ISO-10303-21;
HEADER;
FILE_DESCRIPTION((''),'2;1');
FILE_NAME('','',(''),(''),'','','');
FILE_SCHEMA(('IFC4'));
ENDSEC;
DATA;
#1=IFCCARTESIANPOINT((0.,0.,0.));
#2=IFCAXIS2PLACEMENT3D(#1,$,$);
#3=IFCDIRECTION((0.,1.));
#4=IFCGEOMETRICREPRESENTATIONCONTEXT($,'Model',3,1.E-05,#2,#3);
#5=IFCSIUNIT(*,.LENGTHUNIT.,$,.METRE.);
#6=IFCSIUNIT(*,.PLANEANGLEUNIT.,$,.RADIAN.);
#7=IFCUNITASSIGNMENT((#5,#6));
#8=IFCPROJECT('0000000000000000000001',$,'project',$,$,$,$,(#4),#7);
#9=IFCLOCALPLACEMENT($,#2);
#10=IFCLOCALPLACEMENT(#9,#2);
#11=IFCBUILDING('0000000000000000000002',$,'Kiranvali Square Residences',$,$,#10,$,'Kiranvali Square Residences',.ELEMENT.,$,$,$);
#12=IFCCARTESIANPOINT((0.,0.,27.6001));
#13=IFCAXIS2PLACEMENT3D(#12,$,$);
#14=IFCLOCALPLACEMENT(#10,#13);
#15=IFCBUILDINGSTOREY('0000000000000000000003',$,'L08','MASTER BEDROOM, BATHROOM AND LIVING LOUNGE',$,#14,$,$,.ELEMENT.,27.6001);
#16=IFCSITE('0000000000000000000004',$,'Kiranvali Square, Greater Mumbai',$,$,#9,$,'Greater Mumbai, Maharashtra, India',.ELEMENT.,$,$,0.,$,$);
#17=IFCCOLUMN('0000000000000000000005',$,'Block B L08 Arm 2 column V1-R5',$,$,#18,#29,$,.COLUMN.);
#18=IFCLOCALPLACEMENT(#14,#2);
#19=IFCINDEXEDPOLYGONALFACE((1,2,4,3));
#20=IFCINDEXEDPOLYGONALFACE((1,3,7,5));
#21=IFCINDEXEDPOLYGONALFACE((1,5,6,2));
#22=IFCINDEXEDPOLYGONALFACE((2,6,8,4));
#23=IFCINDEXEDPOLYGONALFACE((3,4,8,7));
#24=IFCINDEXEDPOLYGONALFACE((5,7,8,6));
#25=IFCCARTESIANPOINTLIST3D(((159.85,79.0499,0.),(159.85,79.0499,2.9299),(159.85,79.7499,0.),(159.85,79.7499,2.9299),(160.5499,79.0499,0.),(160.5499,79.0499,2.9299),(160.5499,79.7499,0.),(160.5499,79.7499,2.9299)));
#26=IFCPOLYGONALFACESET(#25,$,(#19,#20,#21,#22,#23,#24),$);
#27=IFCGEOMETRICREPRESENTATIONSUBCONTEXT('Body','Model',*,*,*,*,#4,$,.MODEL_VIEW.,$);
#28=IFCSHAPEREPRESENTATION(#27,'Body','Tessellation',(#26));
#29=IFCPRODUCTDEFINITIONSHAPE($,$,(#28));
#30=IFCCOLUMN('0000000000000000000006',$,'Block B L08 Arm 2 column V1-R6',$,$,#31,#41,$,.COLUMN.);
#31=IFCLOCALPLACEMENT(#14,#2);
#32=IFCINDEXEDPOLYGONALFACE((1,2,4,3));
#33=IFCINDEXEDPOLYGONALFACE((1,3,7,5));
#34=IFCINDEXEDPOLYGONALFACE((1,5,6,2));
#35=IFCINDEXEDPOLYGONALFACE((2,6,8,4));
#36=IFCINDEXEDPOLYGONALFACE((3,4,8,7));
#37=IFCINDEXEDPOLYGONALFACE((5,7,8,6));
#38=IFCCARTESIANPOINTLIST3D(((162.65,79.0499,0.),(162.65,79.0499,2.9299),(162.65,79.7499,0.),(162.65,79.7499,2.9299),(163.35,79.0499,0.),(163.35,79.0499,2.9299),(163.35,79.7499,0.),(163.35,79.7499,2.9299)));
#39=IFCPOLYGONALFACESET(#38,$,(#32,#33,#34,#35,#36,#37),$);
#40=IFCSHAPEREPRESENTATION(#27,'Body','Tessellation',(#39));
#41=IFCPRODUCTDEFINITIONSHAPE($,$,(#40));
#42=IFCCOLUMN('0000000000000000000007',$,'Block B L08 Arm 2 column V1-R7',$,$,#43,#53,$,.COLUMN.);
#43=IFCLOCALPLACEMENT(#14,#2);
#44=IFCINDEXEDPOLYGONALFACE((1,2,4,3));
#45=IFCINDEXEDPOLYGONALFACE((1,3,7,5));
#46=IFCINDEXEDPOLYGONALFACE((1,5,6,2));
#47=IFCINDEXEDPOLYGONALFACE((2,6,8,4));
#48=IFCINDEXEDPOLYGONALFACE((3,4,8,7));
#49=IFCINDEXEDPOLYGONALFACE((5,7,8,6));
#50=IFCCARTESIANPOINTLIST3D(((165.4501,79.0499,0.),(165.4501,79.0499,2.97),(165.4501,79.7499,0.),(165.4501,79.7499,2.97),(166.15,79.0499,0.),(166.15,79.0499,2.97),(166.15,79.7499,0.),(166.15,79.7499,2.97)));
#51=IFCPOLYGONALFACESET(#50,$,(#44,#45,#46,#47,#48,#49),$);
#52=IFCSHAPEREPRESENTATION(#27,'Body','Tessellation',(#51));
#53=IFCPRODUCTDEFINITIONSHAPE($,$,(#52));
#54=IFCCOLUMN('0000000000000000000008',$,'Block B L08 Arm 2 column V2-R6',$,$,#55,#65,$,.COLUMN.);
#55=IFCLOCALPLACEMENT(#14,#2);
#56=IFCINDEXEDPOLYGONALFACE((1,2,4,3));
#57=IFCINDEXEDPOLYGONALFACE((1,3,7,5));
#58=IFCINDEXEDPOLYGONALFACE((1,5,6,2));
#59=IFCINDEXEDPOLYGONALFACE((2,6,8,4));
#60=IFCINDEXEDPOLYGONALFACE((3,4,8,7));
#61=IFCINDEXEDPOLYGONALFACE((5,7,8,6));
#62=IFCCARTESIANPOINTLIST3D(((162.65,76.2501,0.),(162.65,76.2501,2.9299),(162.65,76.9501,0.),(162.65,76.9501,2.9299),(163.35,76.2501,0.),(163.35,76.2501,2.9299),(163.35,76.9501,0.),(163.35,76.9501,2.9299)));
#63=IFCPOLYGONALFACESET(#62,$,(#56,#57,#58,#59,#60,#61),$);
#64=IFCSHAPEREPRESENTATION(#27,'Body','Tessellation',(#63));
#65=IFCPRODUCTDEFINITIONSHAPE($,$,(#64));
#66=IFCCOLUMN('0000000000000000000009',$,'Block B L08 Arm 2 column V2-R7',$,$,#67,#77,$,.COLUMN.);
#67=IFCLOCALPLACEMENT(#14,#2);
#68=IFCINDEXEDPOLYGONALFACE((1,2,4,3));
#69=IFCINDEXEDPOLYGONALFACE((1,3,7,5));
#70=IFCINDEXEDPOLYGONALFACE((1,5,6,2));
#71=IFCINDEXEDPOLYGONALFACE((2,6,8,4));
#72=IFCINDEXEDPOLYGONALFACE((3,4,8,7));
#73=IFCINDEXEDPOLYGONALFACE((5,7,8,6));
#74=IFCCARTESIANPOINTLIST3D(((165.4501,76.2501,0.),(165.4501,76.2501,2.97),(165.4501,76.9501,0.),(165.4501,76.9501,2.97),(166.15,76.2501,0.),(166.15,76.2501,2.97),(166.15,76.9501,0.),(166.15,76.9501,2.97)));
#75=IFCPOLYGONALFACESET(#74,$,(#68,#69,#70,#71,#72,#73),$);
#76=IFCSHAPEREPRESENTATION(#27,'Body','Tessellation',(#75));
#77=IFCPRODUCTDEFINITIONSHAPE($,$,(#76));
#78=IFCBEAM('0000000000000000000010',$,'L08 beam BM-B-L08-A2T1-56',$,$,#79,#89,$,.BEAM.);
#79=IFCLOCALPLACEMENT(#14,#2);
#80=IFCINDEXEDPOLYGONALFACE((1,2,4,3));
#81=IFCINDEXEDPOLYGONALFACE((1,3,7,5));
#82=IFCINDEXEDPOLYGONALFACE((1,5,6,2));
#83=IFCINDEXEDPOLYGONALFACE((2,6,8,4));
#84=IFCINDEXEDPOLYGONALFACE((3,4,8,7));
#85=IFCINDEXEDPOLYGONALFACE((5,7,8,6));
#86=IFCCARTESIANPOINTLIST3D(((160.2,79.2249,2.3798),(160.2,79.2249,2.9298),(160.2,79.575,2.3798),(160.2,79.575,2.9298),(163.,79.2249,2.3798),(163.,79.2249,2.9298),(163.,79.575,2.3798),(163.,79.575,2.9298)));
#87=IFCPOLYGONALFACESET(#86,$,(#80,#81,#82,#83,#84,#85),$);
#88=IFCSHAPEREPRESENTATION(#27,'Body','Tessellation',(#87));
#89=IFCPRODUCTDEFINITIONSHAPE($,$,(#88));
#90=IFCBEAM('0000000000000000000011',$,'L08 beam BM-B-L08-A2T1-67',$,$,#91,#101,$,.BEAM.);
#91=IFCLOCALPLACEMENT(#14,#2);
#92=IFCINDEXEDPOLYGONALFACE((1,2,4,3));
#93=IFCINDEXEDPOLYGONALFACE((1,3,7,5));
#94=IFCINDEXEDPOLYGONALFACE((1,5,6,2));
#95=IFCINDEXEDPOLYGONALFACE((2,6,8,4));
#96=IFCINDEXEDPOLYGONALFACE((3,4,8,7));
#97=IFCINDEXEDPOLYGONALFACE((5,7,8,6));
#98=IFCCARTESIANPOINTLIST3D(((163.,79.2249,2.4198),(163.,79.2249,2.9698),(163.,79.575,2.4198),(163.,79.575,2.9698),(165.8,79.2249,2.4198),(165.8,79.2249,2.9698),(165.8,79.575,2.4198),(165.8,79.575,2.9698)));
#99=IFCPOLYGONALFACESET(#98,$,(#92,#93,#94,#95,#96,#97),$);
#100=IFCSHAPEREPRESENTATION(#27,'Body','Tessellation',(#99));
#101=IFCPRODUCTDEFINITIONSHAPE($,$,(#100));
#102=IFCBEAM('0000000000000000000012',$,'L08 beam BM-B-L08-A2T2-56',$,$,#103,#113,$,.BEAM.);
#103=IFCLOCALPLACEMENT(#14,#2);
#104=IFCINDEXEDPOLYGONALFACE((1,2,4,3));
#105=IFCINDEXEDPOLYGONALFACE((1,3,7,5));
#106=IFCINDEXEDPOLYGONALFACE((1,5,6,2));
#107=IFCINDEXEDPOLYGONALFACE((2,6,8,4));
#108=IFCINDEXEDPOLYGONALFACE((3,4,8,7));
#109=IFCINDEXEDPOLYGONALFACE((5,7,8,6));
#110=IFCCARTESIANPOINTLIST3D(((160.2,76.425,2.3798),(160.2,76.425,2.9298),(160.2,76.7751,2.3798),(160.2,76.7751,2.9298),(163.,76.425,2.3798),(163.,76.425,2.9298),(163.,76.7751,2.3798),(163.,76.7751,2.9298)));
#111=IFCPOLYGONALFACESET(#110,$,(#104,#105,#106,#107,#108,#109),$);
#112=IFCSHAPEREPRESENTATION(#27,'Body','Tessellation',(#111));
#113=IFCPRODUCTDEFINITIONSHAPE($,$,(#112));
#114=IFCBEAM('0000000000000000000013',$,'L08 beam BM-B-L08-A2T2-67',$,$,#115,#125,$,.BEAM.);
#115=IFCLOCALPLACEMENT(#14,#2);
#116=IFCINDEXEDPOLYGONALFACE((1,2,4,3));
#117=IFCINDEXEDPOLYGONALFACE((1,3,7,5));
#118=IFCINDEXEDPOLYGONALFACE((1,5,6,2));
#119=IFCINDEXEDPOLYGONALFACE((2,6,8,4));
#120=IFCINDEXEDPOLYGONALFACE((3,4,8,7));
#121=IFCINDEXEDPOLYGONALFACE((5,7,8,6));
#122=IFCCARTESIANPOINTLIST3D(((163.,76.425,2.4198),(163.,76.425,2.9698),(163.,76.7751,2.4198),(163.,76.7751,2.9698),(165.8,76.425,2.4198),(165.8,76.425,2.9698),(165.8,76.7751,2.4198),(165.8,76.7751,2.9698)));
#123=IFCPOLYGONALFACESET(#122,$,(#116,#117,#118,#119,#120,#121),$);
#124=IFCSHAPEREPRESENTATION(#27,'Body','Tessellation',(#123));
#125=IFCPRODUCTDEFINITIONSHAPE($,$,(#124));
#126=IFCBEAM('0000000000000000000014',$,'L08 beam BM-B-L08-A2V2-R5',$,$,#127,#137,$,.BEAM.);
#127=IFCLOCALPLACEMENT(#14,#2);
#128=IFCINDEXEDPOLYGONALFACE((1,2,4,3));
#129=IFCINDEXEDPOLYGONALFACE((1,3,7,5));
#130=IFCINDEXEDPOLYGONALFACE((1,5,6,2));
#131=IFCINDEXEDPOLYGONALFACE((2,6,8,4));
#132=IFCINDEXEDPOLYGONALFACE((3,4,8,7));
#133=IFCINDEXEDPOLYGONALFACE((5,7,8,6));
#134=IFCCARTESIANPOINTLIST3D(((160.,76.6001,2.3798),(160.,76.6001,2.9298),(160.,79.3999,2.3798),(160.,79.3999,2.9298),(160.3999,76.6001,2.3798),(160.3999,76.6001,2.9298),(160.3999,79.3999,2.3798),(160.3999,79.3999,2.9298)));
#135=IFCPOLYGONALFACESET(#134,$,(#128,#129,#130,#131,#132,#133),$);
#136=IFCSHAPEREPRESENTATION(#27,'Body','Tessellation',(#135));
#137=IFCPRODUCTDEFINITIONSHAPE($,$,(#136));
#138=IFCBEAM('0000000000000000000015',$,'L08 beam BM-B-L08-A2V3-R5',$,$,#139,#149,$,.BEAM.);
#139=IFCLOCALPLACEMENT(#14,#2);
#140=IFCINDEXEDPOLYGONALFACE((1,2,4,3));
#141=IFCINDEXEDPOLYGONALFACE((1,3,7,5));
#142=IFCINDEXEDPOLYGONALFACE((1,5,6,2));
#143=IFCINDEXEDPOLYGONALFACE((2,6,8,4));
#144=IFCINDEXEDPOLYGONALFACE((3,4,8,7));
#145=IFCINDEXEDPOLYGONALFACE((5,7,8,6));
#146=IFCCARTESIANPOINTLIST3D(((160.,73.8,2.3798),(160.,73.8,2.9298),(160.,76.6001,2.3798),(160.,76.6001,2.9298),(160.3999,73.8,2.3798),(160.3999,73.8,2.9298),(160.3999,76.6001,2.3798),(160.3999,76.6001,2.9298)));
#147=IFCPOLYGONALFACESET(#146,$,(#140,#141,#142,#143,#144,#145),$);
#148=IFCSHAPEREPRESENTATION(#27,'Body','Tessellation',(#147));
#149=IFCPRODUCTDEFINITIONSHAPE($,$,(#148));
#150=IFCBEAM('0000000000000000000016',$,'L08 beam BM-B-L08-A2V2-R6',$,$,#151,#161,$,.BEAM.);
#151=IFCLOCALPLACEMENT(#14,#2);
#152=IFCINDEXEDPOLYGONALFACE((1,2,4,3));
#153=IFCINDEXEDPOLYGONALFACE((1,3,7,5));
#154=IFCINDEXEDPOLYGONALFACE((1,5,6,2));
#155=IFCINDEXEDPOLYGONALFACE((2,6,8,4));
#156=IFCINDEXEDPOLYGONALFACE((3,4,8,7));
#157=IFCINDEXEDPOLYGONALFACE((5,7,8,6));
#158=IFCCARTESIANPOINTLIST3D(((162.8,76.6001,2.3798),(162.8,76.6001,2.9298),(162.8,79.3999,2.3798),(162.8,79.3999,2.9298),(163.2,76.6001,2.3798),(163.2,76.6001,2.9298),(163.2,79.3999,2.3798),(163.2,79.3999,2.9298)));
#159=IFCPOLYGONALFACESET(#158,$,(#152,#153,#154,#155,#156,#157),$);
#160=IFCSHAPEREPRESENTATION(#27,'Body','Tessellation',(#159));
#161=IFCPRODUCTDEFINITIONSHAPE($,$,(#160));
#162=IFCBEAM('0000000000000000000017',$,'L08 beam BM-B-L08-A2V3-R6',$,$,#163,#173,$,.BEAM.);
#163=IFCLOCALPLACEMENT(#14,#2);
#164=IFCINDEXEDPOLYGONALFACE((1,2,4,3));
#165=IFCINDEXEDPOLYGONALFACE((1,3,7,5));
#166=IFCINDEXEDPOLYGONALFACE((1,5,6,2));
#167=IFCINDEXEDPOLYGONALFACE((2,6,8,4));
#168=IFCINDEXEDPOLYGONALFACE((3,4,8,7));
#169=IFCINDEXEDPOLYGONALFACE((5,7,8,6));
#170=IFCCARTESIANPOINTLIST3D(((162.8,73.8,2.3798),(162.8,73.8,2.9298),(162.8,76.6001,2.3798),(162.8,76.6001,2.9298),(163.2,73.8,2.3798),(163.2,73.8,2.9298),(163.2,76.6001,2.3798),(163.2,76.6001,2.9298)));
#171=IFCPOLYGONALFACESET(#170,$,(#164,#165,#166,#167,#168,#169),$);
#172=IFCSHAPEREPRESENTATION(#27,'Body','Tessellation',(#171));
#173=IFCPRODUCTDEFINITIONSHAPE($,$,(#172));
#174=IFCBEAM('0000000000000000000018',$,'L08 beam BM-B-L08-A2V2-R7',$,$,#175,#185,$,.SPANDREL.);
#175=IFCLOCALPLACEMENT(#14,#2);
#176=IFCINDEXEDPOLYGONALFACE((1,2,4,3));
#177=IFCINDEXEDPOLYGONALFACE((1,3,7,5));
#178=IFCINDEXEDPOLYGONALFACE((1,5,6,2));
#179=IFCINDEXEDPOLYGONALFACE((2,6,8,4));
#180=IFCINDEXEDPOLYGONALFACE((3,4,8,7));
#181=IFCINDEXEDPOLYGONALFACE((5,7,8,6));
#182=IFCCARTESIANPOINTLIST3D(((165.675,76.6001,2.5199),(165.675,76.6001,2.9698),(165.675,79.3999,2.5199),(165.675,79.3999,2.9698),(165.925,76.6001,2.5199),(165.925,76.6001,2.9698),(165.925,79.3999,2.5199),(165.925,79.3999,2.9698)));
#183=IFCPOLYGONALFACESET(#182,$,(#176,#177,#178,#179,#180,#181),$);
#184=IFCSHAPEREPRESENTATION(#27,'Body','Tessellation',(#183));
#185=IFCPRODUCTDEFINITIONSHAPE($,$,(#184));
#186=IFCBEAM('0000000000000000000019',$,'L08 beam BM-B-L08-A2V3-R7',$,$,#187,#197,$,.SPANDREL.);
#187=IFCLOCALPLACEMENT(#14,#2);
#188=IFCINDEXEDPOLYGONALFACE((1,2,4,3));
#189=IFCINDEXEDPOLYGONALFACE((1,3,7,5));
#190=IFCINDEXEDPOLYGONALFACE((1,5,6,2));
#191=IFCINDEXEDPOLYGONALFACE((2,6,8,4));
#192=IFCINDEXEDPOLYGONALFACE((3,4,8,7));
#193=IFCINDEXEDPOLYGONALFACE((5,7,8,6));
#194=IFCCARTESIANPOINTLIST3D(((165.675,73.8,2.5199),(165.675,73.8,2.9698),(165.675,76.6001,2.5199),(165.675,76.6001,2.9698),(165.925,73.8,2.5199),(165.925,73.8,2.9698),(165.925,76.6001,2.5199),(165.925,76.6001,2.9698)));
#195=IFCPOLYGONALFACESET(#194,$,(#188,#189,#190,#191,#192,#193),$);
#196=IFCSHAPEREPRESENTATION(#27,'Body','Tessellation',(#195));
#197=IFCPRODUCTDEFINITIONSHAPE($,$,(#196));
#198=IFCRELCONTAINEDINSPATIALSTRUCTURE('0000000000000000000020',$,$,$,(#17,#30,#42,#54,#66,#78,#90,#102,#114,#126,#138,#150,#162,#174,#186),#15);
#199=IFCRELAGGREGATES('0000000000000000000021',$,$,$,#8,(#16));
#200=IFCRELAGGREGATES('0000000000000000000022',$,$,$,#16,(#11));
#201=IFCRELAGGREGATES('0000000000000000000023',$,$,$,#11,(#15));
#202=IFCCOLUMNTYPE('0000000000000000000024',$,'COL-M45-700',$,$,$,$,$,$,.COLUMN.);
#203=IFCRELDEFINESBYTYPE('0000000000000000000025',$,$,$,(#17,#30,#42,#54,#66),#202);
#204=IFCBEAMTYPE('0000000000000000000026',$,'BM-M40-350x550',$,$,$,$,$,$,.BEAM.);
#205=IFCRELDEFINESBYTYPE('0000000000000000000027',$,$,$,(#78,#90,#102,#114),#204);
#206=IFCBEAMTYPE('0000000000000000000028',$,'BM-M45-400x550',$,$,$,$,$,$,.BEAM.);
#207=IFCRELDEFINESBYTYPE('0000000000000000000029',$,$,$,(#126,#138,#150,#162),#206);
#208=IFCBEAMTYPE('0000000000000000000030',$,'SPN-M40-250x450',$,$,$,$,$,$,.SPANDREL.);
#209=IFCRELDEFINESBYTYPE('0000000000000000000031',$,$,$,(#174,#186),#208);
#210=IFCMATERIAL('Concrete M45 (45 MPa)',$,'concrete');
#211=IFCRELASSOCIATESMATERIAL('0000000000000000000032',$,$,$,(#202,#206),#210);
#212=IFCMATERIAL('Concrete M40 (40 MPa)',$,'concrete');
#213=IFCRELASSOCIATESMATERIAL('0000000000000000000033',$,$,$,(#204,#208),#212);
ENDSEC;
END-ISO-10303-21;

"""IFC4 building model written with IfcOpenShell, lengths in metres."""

from ifc_helpers import new_model, si_unit, direction, frame, origin, origin_2d, place, context, subcontext, project, spatial, rectangle, extrude, material, material_profile, profile_set, type_object, element, save


model = new_model("IFC4")

# Units and contexts
model_context = context("Model", 3, precision=1e-05, world=origin(), true_north=direction((0.0, 1.0)))
body_context = subcontext(model_context, "Body", "Model", "MODEL_VIEW")
ifc_project = project(units=[si_unit("LENGTHUNIT", "METRE"), si_unit("PLANEANGLEUNIT", "RADIAN")], contexts=[model_context])

# Site, building, storey
site_placement = place(None, origin())
site = spatial("IfcSite", under=ifc_project, at=site_placement, Name="Kiranvali Square, Greater Mumbai", LongName="Greater Mumbai, Maharashtra, India", CompositionType="ELEMENT", RefElevation=0.0)
building_placement = place(site_placement, origin())
building = spatial("IfcBuilding", under=site, at=building_placement, Name="Kiranvali Square Residences", LongName="Kiranvali Square Residences", CompositionType="ELEMENT")
storey_placement = place(building_placement, frame((0.0, 0.0, 27.6001)))
storey = spatial("IfcBuildingStorey", under=building, at=storey_placement, Name="L08", Description="MASTER BEDROOM, BATHROOM AND LIVING LOUNGE", CompositionType="ELEMENT", Elevation=27.6001)

# Columns
ifc_material_1 = material(Name="Concrete M45 (45 MPa)", Category="concrete")
ifc_material_profile_1 = material_profile(ifc_material_1, rectangle(XDim=0.7, YDim=0.7, at=origin_2d()), Name="RC 700x700")
ifc_profile_set_1 = profile_set([ifc_material_profile_1], Name="Concrete M45 (45 MPa)")
column_type = type_object("IfcColumnType", Name="COL-M45-700", PredefinedType="COLUMN", material=ifc_profile_set_1)
for number, where, z_axis, x_axis, name in (
    (1, (160.2, 79.3999, 0.0), (0.0, 0.0, 1.0), (1.0, 0.0, 0.0), "Block B L08 Arm 2 column V1-R5"),
    (2, (163.0, 79.3999, 0.0), (0.0, 0.0, 1.0), (1.0, 0.0, 0.0), "Block B L08 Arm 2 column V1-R6"),
):
    element("IfcColumn", number, at=place(storey_placement, frame(where, z_axis=z_axis, x_axis=x_axis)), inside=storey, type_object=column_type, Name=name, PredefinedType="COLUMN", context=body_context, shape_type="SweptSolid", body=[
        extrude(rectangle(XDim=0.7, YDim=0.7, at=origin_2d()), origin(), (0.0, 0.0, 1.0), 2.9299),
    ])
column_1_placement = place(storey_placement, frame((165.8, 79.3999, 0.0), z_axis=(0.0, 0.0, 1.0), x_axis=(1.0, 0.0, 0.0)))
element("IfcColumn", 3, at=column_1_placement, inside=storey, type_object=column_type, Name="Block B L08 Arm 2 column V1-R7", PredefinedType="COLUMN", context=body_context, shape_type="SweptSolid", body=[
    extrude(rectangle(XDim=0.7, YDim=0.7, at=origin_2d()), origin(), (0.0, 0.0, 1.0), 2.97),
])
column_2_placement = place(storey_placement, frame((163.0, 76.6001, 0.0), z_axis=(0.0, 0.0, 1.0), x_axis=(1.0, 0.0, 0.0)))
element("IfcColumn", 4, at=column_2_placement, inside=storey, type_object=column_type, Name="Block B L08 Arm 2 column V2-R6", PredefinedType="COLUMN", context=body_context, shape_type="SweptSolid", body=[
    extrude(rectangle(XDim=0.7, YDim=0.7, at=origin_2d()), origin(), (0.0, 0.0, 1.0), 2.9299),
])
column_3_placement = place(storey_placement, frame((165.8, 76.6001, 0.0), z_axis=(0.0, 0.0, 1.0), x_axis=(1.0, 0.0, 0.0)))
element("IfcColumn", 5, at=column_3_placement, inside=storey, type_object=column_type, Name="Block B L08 Arm 2 column V2-R7", PredefinedType="COLUMN", context=body_context, shape_type="SweptSolid", body=[
    extrude(rectangle(XDim=0.7, YDim=0.7, at=origin_2d()), origin(), (0.0, 0.0, 1.0), 2.97),
])

# Beams
ifc_material_2 = material(Name="Concrete M40 (40 MPa)", Category="concrete")
ifc_material_profile_2 = material_profile(ifc_material_2, rectangle(XDim=0.3501, YDim=0.55, at=origin_2d()), Name="RC 350x550")
ifc_profile_set_2 = profile_set([ifc_material_profile_2], Name="Concrete M40 (40 MPa)")
beam_type_1 = type_object("IfcBeamType", Name="BM-M40-350x550", PredefinedType="BEAM", material=ifc_profile_set_2)
for number, where, z_axis, x_axis, name in (
    (6, (160.2, 79.3999, 2.6548), (1.0, 0.0, 0.0), (0.0, 1.0, 0.0), "L08 beam BM-B-L08-A2T1-56"),
    (7, (163.0, 79.3999, 2.6948), (1.0, 0.0, 0.0), (0.0, 1.0, 0.0), "L08 beam BM-B-L08-A2T1-67"),
    (8, (160.2, 76.6001, 2.6548), (1.0, 0.0, 0.0), (0.0, 1.0, 0.0), "L08 beam BM-B-L08-A2T2-56"),
    (9, (163.0, 76.6001, 2.6948), (1.0, 0.0, 0.0), (0.0, 1.0, 0.0), "L08 beam BM-B-L08-A2T2-67"),
):
    element("IfcBeam", number, at=place(storey_placement, frame(where, z_axis=z_axis, x_axis=x_axis)), inside=storey, type_object=beam_type_1, Name=name, PredefinedType="BEAM", context=body_context, shape_type="SweptSolid", body=[
        extrude(rectangle(XDim=0.3501, YDim=0.55, at=origin_2d()), origin(), (0.0, 0.0, 1.0), 2.8),
    ])
ifc_material_profile_3 = material_profile(ifc_material_1, rectangle(XDim=0.3999, YDim=0.55, at=origin_2d()), Name="RC 400x550")
ifc_profile_set_3 = profile_set([ifc_material_profile_3], Name="Concrete M45 (45 MPa)")
beam_type_2 = type_object("IfcBeamType", Name="BM-M45-400x550", PredefinedType="BEAM", material=ifc_profile_set_3)
beam_1_placement = place(storey_placement, frame((160.2, 79.3999, 2.6548), z_axis=(0.0, -1.0, 0.0), x_axis=(1.0, 0.0, 0.0)))
element("IfcBeam", 10, at=beam_1_placement, inside=storey, type_object=beam_type_2, Name="L08 beam BM-B-L08-A2V2-R5", PredefinedType="BEAM", context=body_context, shape_type="SweptSolid", body=[
    extrude(rectangle(XDim=0.3999, YDim=0.55, at=origin_2d()), origin(), (0.0, 0.0, 1.0), 2.7998),
])
beam_2_placement = place(storey_placement, frame((160.2, 76.6001, 2.6548), z_axis=(0.0, -1.0, 0.0), x_axis=(1.0, 0.0, 0.0)))
element("IfcBeam", 11, at=beam_2_placement, inside=storey, type_object=beam_type_2, Name="L08 beam BM-B-L08-A2V3-R5", PredefinedType="BEAM", context=body_context, shape_type="SweptSolid", body=[
    extrude(rectangle(XDim=0.3999, YDim=0.55, at=origin_2d()), origin(), (0.0, 0.0, 1.0), 2.8),
])
beam_3_placement = place(storey_placement, frame((163.0, 79.3999, 2.6548), z_axis=(0.0, -1.0, 0.0), x_axis=(1.0, 0.0, 0.0)))
element("IfcBeam", 12, at=beam_3_placement, inside=storey, type_object=beam_type_2, Name="L08 beam BM-B-L08-A2V2-R6", PredefinedType="BEAM", context=body_context, shape_type="SweptSolid", body=[
    extrude(rectangle(XDim=0.3999, YDim=0.55, at=origin_2d()), origin(), (0.0, 0.0, 1.0), 2.7998),
])
beam_4_placement = place(storey_placement, frame((163.0, 76.6001, 2.6548), z_axis=(0.0, -1.0, 0.0), x_axis=(1.0, 0.0, 0.0)))
element("IfcBeam", 13, at=beam_4_placement, inside=storey, type_object=beam_type_2, Name="L08 beam BM-B-L08-A2V3-R6", PredefinedType="BEAM", context=body_context, shape_type="SweptSolid", body=[
    extrude(rectangle(XDim=0.3999, YDim=0.55, at=origin_2d()), origin(), (0.0, 0.0, 1.0), 2.8),
])
ifc_material_profile_4 = material_profile(ifc_material_2, rectangle(XDim=0.25, YDim=0.45, at=origin_2d()), Name="RC 250x450")
ifc_profile_set_4 = profile_set([ifc_material_profile_4], Name="Concrete M40 (40 MPa)")
beam_type_3 = type_object("IfcBeamType", Name="SPN-M40-250x450", PredefinedType="SPANDREL", material=ifc_profile_set_4)
beam_5_placement = place(storey_placement, frame((165.8, 79.3999, 2.7449), z_axis=(0.0, -1.0, 0.0), x_axis=(1.0, 0.0, 0.0)))
element("IfcBeam", 14, at=beam_5_placement, inside=storey, type_object=beam_type_3, Name="L08 beam BM-B-L08-A2V2-R7", PredefinedType="SPANDREL", context=body_context, shape_type="SweptSolid", body=[
    extrude(rectangle(XDim=0.25, YDim=0.45, at=origin_2d()), origin(), (0.0, 0.0, 1.0), 2.7998),
])
beam_6_placement = place(storey_placement, frame((165.8, 76.6001, 2.7449), z_axis=(0.0, -1.0, 0.0), x_axis=(1.0, 0.0, 0.0)))
element("IfcBeam", 15, at=beam_6_placement, inside=storey, type_object=beam_type_3, Name="L08 beam BM-B-L08-A2V3-R7", PredefinedType="SPANDREL", context=body_context, shape_type="SweptSolid", body=[
    extrude(rectangle(XDim=0.25, YDim=0.45, at=origin_2d()), origin(), (0.0, 0.0, 1.0), 2.8),
])

save(model, "model.ifc")
